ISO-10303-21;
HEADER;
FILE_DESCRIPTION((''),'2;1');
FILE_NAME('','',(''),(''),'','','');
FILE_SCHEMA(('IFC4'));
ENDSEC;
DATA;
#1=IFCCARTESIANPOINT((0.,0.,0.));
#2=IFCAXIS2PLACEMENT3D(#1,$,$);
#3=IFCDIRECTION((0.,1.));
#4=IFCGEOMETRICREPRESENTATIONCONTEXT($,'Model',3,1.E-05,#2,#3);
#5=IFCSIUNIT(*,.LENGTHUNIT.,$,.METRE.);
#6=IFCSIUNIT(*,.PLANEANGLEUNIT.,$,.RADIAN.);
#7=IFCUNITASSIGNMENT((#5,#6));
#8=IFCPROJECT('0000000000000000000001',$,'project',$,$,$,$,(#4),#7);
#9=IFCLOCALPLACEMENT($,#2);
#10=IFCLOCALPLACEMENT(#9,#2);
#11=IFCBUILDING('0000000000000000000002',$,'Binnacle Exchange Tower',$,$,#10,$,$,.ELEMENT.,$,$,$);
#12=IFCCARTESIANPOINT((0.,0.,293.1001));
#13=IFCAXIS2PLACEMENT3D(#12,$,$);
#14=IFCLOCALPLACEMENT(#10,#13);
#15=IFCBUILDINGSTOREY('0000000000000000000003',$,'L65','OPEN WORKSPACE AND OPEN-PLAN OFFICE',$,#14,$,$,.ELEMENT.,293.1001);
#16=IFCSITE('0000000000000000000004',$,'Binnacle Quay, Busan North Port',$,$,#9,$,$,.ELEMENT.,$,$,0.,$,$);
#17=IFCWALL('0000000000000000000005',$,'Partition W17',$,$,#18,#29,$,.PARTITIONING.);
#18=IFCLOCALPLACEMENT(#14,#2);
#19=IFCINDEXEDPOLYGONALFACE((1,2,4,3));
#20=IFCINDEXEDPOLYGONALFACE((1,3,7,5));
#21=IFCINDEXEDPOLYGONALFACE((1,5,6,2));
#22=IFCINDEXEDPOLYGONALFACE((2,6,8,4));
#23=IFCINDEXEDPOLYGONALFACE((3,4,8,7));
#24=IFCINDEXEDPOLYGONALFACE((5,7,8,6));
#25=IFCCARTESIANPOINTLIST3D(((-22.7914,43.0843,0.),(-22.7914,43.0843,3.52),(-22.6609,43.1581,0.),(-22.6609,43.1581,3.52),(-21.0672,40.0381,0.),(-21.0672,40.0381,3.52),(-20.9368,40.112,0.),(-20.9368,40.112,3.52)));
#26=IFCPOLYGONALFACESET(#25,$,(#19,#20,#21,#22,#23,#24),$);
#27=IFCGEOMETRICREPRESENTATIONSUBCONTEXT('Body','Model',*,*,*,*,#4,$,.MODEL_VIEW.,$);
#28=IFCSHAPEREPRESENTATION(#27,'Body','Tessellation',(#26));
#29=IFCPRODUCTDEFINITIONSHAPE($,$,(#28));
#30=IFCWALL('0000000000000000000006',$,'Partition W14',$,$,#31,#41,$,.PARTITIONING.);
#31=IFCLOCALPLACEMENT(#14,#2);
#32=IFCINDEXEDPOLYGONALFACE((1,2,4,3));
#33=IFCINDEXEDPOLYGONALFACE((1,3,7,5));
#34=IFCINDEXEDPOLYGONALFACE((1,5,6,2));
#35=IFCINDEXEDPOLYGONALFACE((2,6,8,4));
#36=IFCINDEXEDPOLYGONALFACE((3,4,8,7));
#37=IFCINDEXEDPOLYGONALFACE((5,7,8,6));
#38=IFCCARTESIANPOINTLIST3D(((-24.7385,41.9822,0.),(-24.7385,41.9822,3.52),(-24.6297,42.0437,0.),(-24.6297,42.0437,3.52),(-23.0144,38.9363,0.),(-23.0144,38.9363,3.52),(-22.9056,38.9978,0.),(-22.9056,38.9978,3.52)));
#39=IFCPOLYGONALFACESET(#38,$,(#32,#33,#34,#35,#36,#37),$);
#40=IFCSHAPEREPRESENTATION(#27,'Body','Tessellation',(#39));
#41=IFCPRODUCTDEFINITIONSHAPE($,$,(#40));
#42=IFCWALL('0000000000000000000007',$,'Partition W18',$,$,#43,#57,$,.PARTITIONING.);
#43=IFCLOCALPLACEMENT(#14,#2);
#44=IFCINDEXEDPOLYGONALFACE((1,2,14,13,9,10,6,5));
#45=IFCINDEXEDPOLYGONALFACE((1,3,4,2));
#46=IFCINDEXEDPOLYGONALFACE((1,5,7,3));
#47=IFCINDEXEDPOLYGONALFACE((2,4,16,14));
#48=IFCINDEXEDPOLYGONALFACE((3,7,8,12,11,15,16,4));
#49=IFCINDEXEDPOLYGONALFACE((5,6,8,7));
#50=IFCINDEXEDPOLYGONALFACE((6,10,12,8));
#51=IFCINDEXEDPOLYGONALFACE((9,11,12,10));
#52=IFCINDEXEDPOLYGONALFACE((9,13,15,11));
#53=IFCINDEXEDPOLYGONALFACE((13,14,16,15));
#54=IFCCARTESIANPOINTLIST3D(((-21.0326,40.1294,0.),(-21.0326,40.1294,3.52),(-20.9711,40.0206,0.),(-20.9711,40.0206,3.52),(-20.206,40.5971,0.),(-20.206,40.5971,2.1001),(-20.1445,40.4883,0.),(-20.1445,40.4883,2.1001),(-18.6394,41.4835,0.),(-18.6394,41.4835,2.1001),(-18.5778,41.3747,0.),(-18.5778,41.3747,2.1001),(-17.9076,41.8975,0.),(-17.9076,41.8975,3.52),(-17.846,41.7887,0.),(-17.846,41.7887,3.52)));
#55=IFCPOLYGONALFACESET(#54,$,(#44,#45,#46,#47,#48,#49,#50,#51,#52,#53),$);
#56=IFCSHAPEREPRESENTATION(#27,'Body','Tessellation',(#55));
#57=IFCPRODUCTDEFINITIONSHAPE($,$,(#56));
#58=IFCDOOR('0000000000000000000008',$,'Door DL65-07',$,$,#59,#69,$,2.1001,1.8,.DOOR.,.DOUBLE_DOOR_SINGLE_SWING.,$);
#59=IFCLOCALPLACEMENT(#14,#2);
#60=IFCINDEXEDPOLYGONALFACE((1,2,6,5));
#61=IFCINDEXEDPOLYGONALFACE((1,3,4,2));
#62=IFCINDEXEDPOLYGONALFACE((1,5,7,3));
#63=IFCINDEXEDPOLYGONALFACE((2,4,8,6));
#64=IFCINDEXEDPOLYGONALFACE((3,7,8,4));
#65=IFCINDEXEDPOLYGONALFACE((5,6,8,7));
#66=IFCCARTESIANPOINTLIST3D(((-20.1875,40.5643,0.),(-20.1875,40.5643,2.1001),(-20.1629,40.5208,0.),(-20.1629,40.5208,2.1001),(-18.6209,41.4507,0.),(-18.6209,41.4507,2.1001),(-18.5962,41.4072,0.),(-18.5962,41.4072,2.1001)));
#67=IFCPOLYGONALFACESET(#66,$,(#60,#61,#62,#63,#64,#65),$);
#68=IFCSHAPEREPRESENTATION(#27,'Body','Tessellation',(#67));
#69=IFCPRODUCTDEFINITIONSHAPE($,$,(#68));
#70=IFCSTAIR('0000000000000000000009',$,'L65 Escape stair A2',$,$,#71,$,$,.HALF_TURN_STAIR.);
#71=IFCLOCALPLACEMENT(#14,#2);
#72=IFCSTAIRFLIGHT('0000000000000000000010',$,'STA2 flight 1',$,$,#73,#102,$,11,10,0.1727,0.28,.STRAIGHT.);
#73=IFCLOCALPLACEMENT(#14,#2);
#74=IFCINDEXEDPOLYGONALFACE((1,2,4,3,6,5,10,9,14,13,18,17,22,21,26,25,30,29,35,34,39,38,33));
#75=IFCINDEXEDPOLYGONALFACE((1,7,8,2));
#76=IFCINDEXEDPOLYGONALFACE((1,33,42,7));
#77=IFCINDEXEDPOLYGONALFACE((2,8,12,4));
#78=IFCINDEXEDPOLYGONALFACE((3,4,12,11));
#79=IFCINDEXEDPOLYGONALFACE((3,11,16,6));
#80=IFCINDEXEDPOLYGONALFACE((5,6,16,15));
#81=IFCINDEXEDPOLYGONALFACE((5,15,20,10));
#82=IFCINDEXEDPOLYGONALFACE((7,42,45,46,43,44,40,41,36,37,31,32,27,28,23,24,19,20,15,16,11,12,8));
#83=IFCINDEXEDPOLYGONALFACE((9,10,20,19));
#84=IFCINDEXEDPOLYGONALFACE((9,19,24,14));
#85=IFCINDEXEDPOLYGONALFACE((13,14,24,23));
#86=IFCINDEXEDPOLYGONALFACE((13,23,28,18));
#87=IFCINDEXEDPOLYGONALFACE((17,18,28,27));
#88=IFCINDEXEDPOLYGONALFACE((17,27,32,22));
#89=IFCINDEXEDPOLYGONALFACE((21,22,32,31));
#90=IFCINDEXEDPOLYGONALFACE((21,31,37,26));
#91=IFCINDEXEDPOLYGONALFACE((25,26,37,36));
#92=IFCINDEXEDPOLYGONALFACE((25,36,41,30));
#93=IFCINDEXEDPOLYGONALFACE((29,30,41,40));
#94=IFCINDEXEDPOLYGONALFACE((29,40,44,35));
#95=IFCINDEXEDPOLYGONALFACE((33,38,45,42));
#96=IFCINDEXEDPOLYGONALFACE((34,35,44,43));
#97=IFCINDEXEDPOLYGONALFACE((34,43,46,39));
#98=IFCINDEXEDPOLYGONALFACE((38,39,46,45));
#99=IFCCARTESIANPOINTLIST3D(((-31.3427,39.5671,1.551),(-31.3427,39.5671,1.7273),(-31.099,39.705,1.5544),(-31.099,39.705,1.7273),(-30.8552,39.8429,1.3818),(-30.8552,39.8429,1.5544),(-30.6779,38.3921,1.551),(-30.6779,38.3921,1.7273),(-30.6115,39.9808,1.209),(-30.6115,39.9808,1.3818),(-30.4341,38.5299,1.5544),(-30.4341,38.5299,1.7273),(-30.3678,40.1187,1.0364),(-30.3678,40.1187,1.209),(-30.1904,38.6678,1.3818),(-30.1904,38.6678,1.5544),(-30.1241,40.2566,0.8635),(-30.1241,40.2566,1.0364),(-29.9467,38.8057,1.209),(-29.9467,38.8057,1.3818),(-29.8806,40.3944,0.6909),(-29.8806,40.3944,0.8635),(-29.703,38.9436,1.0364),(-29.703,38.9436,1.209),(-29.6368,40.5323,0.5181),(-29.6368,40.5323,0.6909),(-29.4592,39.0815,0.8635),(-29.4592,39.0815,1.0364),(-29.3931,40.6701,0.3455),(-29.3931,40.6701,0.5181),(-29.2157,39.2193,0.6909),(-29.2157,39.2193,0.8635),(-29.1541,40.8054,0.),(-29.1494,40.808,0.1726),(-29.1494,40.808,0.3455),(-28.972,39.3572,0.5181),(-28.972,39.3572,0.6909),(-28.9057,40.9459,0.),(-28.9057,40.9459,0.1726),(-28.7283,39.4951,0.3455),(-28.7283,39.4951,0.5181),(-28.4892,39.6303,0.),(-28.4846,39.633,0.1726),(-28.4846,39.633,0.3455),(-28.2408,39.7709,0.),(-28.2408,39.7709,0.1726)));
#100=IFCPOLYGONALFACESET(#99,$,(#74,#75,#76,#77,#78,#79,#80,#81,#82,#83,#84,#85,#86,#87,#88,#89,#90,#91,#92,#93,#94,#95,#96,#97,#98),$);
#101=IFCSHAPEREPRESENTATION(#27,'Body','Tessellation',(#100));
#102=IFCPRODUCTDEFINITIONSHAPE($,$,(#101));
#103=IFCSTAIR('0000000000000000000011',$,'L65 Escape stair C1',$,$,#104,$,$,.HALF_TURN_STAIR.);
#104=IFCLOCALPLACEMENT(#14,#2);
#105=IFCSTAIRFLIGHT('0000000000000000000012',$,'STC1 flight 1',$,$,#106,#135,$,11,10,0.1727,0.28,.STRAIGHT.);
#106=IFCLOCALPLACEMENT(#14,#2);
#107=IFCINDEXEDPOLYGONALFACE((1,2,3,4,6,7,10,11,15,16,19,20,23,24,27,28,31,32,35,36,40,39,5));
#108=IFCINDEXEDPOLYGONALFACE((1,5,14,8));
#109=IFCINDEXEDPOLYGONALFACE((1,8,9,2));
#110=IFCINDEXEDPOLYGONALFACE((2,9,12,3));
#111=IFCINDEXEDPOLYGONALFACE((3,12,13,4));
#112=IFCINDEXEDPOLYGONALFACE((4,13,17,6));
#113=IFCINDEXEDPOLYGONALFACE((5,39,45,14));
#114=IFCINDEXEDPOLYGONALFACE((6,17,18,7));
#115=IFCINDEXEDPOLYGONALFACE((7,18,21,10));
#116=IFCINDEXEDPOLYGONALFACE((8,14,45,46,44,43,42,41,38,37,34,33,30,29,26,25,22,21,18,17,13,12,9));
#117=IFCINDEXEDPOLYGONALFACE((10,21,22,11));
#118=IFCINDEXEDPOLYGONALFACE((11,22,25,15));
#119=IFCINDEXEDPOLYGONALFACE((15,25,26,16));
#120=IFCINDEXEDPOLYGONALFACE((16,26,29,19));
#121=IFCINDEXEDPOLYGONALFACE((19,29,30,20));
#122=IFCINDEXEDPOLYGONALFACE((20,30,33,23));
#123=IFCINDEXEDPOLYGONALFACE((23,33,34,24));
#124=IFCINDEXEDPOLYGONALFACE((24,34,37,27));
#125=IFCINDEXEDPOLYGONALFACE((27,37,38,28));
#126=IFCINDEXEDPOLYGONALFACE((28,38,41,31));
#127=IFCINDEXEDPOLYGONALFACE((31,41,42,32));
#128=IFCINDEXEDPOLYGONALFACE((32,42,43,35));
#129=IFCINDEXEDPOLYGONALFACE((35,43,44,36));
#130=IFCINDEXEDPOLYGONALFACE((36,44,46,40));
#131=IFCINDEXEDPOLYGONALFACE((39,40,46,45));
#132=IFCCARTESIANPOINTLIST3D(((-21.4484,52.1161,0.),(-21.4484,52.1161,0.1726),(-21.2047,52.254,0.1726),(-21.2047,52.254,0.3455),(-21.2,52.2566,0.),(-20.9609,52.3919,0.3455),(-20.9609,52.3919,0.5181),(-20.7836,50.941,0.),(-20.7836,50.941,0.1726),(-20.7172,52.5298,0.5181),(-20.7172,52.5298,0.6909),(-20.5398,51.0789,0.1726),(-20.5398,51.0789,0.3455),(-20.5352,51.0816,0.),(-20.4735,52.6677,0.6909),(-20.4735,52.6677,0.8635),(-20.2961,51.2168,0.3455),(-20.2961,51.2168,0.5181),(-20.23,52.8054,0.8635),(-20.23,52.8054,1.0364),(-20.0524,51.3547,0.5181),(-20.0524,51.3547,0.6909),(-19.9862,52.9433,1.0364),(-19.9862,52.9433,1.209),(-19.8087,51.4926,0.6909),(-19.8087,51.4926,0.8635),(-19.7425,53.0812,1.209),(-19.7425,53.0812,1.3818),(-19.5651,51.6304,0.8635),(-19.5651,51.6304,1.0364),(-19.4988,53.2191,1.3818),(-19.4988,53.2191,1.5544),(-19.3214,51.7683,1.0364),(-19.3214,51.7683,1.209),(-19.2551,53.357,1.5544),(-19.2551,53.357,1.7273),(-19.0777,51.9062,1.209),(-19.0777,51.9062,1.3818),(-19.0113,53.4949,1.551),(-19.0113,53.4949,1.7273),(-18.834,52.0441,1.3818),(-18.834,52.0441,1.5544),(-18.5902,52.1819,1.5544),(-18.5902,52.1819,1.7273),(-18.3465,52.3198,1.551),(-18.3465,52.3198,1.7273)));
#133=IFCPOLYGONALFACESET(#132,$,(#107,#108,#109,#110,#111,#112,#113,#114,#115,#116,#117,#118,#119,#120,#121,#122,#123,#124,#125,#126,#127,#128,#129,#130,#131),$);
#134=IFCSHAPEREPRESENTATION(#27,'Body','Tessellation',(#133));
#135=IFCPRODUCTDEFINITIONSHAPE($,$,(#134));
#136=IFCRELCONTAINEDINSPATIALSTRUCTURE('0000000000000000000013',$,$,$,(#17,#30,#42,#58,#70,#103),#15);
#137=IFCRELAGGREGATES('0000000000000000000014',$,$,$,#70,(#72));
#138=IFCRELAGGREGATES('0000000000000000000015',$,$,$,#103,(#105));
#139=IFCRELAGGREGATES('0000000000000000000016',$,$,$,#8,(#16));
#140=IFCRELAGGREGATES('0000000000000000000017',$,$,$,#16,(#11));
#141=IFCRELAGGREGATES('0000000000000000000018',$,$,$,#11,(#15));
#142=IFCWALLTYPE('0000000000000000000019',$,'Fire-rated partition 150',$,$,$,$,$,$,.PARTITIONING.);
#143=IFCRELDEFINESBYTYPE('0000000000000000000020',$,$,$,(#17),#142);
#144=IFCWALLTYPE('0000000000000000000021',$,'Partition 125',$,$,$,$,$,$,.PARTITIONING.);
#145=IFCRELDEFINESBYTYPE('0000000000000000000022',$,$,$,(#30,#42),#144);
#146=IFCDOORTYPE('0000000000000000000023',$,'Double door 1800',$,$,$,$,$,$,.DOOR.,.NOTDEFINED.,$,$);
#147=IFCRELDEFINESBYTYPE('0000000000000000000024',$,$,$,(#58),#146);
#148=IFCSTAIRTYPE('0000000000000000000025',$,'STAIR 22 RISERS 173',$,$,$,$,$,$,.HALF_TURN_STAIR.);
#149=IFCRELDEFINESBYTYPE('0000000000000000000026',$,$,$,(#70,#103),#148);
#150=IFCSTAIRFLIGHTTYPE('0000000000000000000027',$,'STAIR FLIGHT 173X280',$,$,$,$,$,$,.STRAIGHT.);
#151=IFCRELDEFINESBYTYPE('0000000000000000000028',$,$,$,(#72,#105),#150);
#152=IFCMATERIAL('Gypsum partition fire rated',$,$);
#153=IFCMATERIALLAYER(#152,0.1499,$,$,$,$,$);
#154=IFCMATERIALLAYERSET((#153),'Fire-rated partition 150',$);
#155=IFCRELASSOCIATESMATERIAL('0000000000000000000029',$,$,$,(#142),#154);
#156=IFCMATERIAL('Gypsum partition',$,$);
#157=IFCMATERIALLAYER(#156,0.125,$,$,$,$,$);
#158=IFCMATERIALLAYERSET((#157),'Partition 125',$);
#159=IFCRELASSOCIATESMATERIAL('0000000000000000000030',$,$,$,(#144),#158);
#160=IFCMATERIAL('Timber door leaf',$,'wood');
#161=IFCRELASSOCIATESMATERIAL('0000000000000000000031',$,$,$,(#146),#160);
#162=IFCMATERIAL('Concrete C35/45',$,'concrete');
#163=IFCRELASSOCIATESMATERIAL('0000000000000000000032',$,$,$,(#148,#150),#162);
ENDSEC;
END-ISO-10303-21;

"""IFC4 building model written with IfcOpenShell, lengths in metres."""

from ifc_helpers import new_model, si_unit, direction, frame, frame_2d, origin, place, context, subcontext, project, spatial, polyline, rectangle, outline, extrude, material, layer, layer_set, type_object, element, fill, aggregate, save


model = new_model("IFC4")

# Units and contexts
model_context = context("Model", 3, precision=1e-05, world=origin(), true_north=direction((0.0, 1.0)))
body_context = subcontext(model_context, "Body", "Model", "MODEL_VIEW")
ifc_project = project(units=[si_unit("LENGTHUNIT", "METRE"), si_unit("PLANEANGLEUNIT", "RADIAN")], contexts=[model_context])

# Site, building, storey
site_placement = place(None, origin())
site = spatial("IfcSite", under=ifc_project, at=site_placement, Name="Binnacle Quay, Busan North Port", CompositionType="ELEMENT", RefElevation=0.0)
building_placement = place(site_placement, origin())
building = spatial("IfcBuilding", under=site, at=building_placement, Name="Binnacle Exchange Tower", CompositionType="ELEMENT")
storey_placement = place(building_placement, frame((0.0, 0.0, 293.1001)))
storey = spatial("IfcBuildingStorey", under=building, at=storey_placement, Name="L65", Description="OPEN WORKSPACE AND OPEN-PLAN OFFICE", CompositionType="ELEMENT", Elevation=293.1001)

# Walls
ifc_material_1 = material(Name="Gypsum partition fire rated")
ifc_layer_1 = layer(ifc_material_1, 0.1499)
ifc_layer_set_1 = layer_set([ifc_layer_1], Name="Fire-rated partition 150")
wall_type_1 = type_object("IfcWallType", Name="Fire-rated partition 150", PredefinedType="PARTITIONING", material=ifc_layer_set_1)
wall_1_placement = place(storey_placement, frame((-22.7261, 43.1211, 0.0), z_axis=(0.0, 0.0, 1.0), x_axis=(0.492574, -0.87027, 0.0)))
element("IfcWall", 1, at=wall_1_placement, inside=storey, type_object=wall_type_1, Name="Partition W17", PredefinedType="PARTITIONING", context=body_context, shape_type="SweptSolid", body=[
    extrude(rectangle(XDim=3.5002, YDim=0.1499, at=frame_2d((1.75, 0.0))), origin(), (0.0, 0.0, 1.0), 3.52),
])
ifc_material_2 = material(Name="Gypsum partition")
ifc_layer_2 = layer(ifc_material_2, 0.125)
ifc_layer_set_2 = layer_set([ifc_layer_2], Name="Partition 125")
wall_type_2 = type_object("IfcWallType", Name="Partition 125", PredefinedType="PARTITIONING", material=ifc_layer_set_2)
wall_2_placement = place(storey_placement, frame((-24.6841, 42.0129, 0.0), z_axis=(0.0, 0.0, 1.0), x_axis=(0.492604, -0.870253, 0.0)))
element("IfcWall", 2, at=wall_2_placement, inside=storey, type_object=wall_type_2, Name="Partition W14", PredefinedType="PARTITIONING", context=body_context, shape_type="SweptSolid", body=[
    extrude(rectangle(XDim=3.5, YDim=0.125, at=frame_2d((1.75, 0.0))), origin(), (0.0, 0.0, 1.0), 3.52),
])

# Wall, opening, door
wall_3_placement = place(storey_placement, frame((-21.002, 40.075, 0.0), z_axis=(0.0, 0.0, 1.0), x_axis=(0.870353, 0.492429, 0.0)))
wall_3 = element("IfcWall", 3, at=wall_3_placement, inside=storey, type_object=wall_type_2, Name="Partition W18", PredefinedType="PARTITIONING", context=body_context, shape_type="SweptSolid", body=[
    extrude(rectangle(XDim=3.5906, YDim=0.125, at=frame_2d((1.7954, 0.0))), origin(), (0.0, 0.0, 1.0), 3.52),
])
opening_1_placement = place(wall_3_placement, frame((0.95, 0.0, 0.0)))
opening_1 = element("IfcOpeningElement", 4, at=opening_1_placement, cuts=wall_3, PredefinedType="OPENING", context=body_context, shape_type="SweptSolid", body=[
    extrude(rectangle(XDim=1.8, YDim=2.1001, at=frame_2d((0.8999, 1.05))), frame((0.0, 0.0725, 0.0), z_axis=(0.0, -1.0, 0.0), x_axis=(1.0, 0.0, 0.0)), (0.0, 0.0, 1.0), 0.145),
])
ifc_material_3 = material(Name="Timber door leaf", Category="wood")
door_type_1 = type_object("IfcDoorType", Name="Double door 1800", OperationType="NOTDEFINED", PredefinedType="DOOR", material=ifc_material_3)
door_1_placement = place(opening_1_placement, origin())
door_1 = element("IfcDoor", 5, at=door_1_placement, inside=storey, type_object=door_type_1, Name="Door DL65-07", OperationType="DOUBLE_DOOR_SINGLE_SWING", OverallHeight=2.1001, OverallWidth=1.8, PredefinedType="DOOR", context=body_context, shape_type="SweptSolid", body=[
    extrude(rectangle(XDim=1.8, YDim=2.1001, at=frame_2d((0.8999, 1.05))), frame((0.0, 0.0249, 0.0), z_axis=(0.0, -1.0, 0.0), x_axis=(1.0, 0.0, 0.0)), (0.0, 0.0, 1.0), 0.05),
])
fill(opening_1, door_1)

# Stairs, stair flights
ifc_material_4 = material(Name="Concrete C35/45", Category="concrete")
stair_type = type_object("IfcStairType", Name="STAIR 22 RISERS 173", PredefinedType="HALF_TURN_STAIR", material=ifc_material_4)
stair_1_placement = place(storey_placement, origin())
stair_1 = element("IfcStair", 6, at=stair_1_placement, inside=storey, type_object=stair_type, Name="L65 Escape stair A2", PredefinedType="HALF_TURN_STAIR")
stair_flight_type = type_object("IfcStairFlightType", Name="STAIR FLIGHT 173X280", PredefinedType="STRAIGHT", material=ifc_material_4)
stair_flight_1_placement = place(storey_placement, frame((-28.5732, 40.3584, 0.0), z_axis=(0.0, 0.0, 1.0), x_axis=(-0.870356, -0.492424, 0.0)))
stair_flight_1 = element("IfcStairFlight", 7, at=stair_flight_1_placement, type_object=stair_flight_type, Name="STA2 flight 1", NumberOfRisers=11, NumberOfTreads=10, PredefinedType="STRAIGHT", RiserHeight=0.1727, TreadLength=0.28, context=body_context, shape_type="SweptSolid", body=[
    extrude(outline(polyline([(0.0, 0.0), (0.0, 0.1726), (0.28, 0.1726), (0.28, 0.3455), (0.5601, 0.3455), (0.5601, 0.5181), (0.8401, 0.5181), (0.8401, 0.6909), (1.1201, 0.6909), (1.1201, 0.8635), (1.3999, 0.8635), (1.3999, 1.0364), (1.6799, 1.0364), (1.6799, 1.209), (1.96, 1.209), (1.96, 1.3818), (2.24, 1.3818), (2.24, 1.5544), (2.52, 1.5544), (2.52, 1.7273), (2.8, 1.7273), (2.8, 1.8999), (2.8, 1.551), (0.2854, 0.0), (0.0, 0.0)])), frame((0.0, 0.675, 0.0), z_axis=(0.0, -1.0, 0.0), x_axis=(1.0, 0.0, 0.0)), (0.0, 0.0, 1.0), 1.3501),
])
aggregate(stair_1, [stair_flight_1])
stair_2_placement = place(storey_placement, origin())
stair_2 = element("IfcStair", 8, at=stair_2_placement, inside=storey, type_object=stair_type, Name="L65 Escape stair C1", PredefinedType="HALF_TURN_STAIR")
stair_flight_2_placement = place(storey_placement, frame((-21.116, 51.5286, 0.0), z_axis=(0.0, 0.0, 1.0), x_axis=(0.870356, 0.492424, 0.0)))
stair_flight_2 = element("IfcStairFlight", 9, at=stair_flight_2_placement, type_object=stair_flight_type, Name="STC1 flight 1", NumberOfRisers=11, NumberOfTreads=10, PredefinedType="STRAIGHT", RiserHeight=0.1727, TreadLength=0.28, context=body_context, shape_type="SweptSolid", body=[
    extrude(outline(polyline([(0.0, 0.0), (0.0, 0.1726), (0.28, 0.1726), (0.28, 0.3455), (0.5601, 0.3455), (0.5601, 0.5181), (0.8401, 0.5181), (0.8401, 0.6909), (1.1201, 0.6909), (1.1201, 0.8635), (1.3999, 0.8635), (1.3999, 1.0364), (1.6799, 1.0364), (1.6799, 1.209), (1.96, 1.209), (1.96, 1.3818), (2.24, 1.3818), (2.24, 1.5544), (2.52, 1.5544), (2.52, 1.7273), (2.8, 1.7273), (2.8, 1.8999), (2.8, 1.551), (0.2854, 0.0), (0.0, 0.0)])), frame((0.0, 0.675, 0.0), z_axis=(0.0, -1.0, 0.0), x_axis=(1.0, 0.0, 0.0)), (0.0, 0.0, 1.0), 1.3501),
])
aggregate(stair_2, [stair_flight_2])

save(model, "model.ifc")
